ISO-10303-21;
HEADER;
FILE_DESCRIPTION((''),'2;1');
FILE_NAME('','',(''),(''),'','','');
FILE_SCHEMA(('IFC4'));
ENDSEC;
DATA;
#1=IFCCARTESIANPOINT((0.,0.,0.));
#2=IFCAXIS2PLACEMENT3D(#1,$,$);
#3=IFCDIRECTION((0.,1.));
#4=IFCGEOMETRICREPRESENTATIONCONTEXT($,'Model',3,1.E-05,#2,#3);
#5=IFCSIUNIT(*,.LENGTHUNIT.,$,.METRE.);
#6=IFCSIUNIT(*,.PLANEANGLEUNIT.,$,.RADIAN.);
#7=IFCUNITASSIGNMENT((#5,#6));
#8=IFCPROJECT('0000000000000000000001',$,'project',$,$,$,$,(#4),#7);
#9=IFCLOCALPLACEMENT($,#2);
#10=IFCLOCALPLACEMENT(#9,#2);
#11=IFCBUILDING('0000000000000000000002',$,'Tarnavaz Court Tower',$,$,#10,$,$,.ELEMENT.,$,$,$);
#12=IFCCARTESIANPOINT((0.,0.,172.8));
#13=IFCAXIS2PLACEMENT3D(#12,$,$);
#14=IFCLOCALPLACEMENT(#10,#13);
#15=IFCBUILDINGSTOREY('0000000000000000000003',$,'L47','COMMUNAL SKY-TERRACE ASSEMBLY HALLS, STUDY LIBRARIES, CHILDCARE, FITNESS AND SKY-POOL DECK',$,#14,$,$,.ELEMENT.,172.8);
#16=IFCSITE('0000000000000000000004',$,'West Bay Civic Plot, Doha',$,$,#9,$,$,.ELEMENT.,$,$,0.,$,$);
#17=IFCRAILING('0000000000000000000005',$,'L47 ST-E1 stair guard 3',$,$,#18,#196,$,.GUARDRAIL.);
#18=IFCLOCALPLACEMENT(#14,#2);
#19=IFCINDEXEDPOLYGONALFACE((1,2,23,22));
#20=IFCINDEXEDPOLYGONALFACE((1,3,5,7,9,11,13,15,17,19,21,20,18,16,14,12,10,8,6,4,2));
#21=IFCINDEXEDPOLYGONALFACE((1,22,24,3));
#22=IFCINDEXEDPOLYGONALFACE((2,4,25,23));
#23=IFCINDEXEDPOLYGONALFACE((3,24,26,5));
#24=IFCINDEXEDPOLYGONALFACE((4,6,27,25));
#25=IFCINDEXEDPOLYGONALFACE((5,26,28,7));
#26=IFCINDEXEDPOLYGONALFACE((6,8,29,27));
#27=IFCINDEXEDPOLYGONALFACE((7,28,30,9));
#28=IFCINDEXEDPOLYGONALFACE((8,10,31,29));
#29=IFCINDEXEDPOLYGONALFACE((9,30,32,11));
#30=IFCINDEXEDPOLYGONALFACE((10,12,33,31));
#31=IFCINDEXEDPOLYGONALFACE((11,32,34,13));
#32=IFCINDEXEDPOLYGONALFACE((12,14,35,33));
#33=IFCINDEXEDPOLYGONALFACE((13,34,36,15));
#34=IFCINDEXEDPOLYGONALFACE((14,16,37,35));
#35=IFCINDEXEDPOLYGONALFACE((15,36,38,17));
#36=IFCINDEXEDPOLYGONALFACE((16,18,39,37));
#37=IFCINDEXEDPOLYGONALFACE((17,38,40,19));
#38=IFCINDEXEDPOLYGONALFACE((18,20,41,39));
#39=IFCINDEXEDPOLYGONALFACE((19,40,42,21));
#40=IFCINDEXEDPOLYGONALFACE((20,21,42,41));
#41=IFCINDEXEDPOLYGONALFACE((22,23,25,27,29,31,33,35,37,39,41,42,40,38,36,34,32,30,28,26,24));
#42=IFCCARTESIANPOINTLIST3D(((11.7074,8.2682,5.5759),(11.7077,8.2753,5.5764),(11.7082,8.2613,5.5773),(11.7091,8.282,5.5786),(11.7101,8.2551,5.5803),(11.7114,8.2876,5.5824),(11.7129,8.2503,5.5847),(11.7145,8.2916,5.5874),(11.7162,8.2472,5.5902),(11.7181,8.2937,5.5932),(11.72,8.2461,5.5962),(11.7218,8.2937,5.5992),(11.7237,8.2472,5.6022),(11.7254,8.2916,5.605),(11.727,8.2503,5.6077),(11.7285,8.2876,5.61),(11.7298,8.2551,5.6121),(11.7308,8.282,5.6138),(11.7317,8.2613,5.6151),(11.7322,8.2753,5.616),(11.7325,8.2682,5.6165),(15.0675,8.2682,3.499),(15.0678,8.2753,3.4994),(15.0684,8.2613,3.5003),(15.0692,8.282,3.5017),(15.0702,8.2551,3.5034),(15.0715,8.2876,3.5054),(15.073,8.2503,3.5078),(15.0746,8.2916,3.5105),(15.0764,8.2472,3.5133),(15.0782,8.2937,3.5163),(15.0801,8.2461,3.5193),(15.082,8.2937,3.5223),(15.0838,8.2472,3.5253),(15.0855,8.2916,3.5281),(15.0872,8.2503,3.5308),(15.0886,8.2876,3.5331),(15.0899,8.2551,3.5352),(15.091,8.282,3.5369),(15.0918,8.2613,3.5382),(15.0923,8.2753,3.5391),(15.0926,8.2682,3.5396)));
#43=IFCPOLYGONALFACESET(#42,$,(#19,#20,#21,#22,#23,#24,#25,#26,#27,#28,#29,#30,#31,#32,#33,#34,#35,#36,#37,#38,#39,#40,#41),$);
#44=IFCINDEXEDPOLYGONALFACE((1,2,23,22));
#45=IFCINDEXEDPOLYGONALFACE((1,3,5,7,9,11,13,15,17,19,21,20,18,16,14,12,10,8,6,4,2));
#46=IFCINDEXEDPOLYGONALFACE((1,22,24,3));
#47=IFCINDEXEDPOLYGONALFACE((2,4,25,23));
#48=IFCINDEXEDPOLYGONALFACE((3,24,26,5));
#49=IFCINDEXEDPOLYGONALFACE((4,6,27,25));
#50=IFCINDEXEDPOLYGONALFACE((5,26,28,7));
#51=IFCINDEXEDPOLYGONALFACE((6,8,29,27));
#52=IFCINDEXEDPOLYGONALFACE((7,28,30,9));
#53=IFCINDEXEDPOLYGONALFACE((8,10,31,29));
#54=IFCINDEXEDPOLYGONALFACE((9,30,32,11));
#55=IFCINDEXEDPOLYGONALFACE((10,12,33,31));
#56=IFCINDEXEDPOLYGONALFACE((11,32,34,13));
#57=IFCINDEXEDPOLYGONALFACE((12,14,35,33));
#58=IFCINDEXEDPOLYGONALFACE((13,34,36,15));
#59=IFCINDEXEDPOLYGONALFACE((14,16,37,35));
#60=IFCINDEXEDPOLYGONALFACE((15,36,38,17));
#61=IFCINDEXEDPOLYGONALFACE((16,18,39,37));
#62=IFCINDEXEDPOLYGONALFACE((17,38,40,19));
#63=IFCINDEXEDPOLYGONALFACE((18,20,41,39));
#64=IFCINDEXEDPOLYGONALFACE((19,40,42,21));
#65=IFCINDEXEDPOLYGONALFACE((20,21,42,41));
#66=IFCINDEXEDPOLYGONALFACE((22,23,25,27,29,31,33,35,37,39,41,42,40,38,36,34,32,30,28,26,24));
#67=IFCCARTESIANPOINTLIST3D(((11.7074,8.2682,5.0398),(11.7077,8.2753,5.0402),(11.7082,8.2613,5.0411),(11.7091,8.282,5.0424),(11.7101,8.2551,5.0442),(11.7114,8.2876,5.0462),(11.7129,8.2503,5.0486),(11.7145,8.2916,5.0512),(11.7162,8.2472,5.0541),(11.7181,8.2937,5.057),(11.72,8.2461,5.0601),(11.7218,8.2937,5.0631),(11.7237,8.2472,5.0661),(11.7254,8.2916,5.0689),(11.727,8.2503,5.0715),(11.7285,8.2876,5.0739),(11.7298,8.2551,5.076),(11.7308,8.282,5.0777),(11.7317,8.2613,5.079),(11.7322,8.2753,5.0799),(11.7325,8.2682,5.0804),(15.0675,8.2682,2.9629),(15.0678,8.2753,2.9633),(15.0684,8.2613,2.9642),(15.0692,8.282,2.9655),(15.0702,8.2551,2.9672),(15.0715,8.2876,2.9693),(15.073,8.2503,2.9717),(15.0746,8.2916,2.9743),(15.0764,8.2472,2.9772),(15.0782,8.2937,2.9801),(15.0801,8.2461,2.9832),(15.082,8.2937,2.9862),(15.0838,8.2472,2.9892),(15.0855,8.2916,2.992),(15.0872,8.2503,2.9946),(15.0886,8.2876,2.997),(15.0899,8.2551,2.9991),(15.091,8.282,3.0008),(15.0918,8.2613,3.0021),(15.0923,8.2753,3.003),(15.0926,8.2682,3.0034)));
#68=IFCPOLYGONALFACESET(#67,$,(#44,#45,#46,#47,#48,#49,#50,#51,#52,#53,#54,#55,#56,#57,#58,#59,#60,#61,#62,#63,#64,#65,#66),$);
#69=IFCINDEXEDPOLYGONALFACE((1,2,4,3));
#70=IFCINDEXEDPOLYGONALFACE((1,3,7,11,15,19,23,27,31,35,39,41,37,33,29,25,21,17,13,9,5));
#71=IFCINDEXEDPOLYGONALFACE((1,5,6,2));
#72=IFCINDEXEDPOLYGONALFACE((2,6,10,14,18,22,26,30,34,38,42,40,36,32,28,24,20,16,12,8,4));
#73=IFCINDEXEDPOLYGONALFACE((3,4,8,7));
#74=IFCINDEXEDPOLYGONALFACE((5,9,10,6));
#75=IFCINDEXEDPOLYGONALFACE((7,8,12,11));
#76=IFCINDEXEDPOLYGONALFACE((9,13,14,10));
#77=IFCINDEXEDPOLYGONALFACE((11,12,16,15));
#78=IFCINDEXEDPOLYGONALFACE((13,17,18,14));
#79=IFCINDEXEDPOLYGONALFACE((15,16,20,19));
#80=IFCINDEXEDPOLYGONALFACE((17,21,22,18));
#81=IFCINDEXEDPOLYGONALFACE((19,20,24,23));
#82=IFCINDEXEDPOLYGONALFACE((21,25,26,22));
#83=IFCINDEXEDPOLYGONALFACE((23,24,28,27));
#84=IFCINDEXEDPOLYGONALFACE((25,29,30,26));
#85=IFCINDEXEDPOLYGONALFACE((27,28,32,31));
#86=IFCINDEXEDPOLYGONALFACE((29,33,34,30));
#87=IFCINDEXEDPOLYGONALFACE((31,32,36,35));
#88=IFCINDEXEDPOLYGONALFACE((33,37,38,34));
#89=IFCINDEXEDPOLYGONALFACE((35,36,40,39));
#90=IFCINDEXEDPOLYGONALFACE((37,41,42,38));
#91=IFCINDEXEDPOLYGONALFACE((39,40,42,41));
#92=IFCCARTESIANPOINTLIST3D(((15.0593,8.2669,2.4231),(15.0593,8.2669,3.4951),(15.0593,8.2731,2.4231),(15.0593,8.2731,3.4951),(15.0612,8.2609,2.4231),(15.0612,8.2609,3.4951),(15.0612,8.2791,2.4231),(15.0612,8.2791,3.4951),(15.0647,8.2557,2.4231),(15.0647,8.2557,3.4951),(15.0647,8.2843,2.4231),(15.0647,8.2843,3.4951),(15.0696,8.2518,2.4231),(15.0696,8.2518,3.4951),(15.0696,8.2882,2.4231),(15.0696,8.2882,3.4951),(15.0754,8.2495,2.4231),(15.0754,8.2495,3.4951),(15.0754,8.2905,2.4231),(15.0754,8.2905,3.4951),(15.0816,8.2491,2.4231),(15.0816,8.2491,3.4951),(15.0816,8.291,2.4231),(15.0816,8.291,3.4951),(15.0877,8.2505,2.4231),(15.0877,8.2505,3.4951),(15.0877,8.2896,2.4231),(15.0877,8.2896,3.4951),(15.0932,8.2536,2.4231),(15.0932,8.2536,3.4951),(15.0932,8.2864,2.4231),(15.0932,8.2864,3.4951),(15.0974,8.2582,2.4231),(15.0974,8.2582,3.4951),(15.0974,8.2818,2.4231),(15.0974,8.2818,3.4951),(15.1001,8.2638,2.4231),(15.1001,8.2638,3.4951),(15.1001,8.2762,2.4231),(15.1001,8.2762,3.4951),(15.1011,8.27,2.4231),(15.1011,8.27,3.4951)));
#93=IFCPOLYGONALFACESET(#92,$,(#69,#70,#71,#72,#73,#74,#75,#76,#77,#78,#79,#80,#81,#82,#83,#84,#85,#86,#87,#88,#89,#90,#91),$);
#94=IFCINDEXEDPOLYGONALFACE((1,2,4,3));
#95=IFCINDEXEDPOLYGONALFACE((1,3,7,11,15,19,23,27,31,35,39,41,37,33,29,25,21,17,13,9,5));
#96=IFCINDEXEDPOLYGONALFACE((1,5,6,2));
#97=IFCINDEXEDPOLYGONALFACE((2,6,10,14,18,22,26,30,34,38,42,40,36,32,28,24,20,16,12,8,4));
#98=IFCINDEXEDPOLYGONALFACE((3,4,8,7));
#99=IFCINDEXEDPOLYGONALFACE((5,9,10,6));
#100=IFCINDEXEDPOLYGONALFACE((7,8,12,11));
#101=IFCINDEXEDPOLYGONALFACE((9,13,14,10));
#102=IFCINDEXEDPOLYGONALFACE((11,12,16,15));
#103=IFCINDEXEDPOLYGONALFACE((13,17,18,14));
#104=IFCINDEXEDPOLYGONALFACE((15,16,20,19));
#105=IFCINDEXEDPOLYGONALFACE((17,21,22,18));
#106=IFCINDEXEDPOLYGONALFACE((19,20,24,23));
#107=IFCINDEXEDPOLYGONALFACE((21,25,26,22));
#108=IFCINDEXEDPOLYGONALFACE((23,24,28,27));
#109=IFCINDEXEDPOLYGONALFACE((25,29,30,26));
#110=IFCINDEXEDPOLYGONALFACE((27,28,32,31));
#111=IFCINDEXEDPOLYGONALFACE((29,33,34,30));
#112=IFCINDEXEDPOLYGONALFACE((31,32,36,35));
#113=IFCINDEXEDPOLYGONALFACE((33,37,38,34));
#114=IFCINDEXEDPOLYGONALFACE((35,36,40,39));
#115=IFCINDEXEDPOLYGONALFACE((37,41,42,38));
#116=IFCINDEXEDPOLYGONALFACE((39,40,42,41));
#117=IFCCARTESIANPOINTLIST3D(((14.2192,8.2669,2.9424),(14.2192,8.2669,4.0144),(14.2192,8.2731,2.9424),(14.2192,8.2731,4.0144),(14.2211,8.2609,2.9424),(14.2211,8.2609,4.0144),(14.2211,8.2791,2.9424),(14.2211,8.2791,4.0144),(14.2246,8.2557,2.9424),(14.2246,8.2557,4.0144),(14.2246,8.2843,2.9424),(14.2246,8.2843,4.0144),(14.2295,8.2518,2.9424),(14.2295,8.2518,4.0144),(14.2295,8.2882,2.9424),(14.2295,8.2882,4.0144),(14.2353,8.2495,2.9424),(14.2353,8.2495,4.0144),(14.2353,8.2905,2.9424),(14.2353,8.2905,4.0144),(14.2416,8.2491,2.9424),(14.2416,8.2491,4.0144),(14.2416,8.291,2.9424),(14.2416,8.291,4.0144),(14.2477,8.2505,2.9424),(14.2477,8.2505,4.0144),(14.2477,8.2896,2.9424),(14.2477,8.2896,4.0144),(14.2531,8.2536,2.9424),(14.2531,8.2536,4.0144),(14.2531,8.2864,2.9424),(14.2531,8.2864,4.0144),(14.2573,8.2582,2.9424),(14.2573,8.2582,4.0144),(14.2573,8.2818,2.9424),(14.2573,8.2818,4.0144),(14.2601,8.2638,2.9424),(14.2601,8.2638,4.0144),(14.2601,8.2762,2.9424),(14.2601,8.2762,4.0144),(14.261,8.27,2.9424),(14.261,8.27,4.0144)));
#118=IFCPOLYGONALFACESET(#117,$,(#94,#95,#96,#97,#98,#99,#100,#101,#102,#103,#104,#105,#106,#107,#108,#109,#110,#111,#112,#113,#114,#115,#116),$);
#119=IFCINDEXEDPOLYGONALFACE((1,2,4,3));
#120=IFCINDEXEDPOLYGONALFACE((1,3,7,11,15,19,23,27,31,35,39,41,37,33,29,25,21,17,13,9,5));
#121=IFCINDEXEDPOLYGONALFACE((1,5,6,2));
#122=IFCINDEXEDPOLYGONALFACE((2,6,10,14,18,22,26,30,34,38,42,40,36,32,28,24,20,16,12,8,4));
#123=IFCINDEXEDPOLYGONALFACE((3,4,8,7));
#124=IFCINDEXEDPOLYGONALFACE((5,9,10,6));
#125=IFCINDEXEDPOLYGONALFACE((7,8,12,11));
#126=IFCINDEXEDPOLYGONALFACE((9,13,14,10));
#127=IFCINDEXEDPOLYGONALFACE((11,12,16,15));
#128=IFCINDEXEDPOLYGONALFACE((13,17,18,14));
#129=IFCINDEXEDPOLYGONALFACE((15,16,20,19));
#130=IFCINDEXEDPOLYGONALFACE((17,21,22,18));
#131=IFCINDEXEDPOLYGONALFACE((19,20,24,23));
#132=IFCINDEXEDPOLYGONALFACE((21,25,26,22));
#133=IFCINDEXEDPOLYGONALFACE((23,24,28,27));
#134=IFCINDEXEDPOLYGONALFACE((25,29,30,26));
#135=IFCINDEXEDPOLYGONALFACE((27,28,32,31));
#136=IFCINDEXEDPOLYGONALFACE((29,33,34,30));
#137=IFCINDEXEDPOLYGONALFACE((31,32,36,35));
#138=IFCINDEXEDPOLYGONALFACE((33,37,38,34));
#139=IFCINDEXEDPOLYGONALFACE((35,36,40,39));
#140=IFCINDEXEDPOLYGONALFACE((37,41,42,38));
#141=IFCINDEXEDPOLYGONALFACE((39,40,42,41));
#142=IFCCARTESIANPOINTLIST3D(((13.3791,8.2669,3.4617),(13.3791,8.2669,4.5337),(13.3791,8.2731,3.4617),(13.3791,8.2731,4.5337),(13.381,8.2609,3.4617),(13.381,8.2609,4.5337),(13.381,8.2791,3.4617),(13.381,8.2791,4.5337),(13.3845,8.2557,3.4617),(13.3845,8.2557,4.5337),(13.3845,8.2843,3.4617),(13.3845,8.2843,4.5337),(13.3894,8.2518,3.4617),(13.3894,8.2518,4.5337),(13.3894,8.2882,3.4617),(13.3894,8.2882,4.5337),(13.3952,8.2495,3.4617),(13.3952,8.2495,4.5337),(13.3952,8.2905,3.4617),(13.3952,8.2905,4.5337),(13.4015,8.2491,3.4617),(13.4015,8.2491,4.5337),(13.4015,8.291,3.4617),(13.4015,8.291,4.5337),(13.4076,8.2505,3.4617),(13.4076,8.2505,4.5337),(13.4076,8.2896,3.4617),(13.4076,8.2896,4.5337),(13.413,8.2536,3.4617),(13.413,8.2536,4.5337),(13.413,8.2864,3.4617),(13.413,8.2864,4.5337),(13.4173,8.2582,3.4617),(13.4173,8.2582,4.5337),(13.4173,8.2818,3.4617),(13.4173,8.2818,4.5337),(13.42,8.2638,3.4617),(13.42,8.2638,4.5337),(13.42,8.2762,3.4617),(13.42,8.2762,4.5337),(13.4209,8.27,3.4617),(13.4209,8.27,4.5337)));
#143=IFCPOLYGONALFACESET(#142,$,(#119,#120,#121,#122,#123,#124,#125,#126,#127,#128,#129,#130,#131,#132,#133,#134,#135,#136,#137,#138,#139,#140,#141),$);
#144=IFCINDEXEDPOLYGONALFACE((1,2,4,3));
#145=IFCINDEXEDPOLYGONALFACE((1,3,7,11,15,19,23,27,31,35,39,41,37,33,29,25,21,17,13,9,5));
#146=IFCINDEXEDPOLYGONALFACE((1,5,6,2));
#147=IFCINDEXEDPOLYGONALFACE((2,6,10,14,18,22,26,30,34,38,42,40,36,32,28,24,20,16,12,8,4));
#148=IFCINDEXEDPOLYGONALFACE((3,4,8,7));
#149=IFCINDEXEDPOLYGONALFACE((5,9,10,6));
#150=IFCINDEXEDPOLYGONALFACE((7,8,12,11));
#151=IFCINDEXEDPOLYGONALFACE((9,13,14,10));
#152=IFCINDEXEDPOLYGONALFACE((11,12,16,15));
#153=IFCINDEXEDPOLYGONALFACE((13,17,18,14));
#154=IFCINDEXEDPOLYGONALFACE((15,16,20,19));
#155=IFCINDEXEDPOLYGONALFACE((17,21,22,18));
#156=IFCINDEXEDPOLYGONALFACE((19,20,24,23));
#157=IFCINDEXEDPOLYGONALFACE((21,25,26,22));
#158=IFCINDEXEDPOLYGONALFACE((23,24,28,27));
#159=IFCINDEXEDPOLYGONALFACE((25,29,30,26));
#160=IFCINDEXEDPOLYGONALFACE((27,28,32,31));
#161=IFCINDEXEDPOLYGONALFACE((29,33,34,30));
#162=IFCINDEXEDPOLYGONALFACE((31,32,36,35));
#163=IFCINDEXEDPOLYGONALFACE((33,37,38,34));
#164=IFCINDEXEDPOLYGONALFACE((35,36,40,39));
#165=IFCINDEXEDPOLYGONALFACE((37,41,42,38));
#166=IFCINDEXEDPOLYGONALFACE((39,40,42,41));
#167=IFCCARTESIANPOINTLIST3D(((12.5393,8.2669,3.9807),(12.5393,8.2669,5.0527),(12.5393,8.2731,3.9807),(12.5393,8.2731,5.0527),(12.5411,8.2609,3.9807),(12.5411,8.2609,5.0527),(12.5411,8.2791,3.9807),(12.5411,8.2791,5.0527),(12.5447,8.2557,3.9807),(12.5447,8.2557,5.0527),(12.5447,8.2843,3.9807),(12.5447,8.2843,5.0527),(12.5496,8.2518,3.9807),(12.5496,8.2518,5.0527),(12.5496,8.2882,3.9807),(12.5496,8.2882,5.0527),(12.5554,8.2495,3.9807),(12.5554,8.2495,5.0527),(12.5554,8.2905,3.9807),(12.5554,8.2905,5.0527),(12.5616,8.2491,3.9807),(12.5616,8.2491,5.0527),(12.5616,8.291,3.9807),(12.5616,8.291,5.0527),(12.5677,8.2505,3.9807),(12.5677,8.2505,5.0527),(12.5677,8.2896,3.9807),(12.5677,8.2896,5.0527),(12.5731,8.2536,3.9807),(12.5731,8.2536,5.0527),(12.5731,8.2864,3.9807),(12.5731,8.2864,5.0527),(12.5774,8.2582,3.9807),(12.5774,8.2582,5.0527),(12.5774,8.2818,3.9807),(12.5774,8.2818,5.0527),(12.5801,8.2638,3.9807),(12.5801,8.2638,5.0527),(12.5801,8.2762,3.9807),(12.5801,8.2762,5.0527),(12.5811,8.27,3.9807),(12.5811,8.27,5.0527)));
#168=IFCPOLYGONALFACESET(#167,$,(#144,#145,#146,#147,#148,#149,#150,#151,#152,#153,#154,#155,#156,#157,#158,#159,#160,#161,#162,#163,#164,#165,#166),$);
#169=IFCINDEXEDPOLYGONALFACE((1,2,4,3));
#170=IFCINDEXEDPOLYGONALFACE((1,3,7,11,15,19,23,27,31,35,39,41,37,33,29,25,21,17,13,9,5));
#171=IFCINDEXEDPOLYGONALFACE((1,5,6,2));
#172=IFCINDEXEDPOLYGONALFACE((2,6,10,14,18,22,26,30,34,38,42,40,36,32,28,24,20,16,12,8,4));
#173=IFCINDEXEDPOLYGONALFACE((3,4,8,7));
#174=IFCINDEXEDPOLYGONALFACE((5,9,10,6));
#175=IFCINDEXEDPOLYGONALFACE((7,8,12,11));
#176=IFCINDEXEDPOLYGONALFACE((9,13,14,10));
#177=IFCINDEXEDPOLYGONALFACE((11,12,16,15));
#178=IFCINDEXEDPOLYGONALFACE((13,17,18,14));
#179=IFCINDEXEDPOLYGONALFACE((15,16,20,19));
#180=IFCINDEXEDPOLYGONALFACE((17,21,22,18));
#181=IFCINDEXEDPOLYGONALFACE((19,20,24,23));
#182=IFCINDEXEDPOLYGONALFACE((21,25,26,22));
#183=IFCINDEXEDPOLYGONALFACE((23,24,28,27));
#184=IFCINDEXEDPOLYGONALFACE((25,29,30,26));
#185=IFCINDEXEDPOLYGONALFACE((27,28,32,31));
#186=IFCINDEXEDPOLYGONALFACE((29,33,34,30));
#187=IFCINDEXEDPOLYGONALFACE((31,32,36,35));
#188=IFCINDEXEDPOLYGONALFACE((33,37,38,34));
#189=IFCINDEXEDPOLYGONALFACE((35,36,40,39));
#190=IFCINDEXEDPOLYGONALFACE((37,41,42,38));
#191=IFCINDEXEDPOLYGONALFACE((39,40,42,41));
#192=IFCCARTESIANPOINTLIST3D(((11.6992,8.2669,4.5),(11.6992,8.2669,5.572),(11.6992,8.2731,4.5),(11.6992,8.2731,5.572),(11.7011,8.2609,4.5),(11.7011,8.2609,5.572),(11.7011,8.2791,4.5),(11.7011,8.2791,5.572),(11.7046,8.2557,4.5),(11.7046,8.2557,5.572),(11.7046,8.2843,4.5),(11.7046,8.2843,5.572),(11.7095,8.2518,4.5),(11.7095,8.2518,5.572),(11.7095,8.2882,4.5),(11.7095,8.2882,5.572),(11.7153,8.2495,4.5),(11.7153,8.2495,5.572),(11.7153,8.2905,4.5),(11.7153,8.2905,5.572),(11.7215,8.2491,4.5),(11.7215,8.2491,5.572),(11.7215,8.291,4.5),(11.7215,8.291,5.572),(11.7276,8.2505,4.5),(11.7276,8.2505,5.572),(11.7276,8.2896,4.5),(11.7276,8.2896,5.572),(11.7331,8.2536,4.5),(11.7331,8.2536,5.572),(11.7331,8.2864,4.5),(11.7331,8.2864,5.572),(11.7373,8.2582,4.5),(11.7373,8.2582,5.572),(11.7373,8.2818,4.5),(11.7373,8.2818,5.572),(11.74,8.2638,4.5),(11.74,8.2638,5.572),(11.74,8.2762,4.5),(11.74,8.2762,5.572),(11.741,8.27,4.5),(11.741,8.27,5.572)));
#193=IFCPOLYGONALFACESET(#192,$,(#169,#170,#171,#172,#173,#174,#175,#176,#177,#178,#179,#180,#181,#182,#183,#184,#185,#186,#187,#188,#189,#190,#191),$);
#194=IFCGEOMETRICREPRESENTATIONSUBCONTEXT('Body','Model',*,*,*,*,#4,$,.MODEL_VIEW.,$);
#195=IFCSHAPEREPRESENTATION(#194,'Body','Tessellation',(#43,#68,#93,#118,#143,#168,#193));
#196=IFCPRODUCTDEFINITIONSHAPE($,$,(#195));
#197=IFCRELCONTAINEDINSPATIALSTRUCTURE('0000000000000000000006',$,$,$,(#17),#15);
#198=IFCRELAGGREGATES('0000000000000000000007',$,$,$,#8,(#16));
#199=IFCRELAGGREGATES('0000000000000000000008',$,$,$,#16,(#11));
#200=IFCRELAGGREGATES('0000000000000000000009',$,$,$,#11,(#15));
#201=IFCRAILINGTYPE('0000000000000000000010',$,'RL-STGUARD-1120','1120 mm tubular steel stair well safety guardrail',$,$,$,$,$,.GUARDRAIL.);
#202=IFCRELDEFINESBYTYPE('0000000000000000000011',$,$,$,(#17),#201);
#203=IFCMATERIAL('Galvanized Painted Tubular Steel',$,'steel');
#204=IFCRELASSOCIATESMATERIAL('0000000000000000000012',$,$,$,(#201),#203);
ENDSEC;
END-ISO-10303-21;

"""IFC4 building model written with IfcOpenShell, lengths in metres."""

from ifc_helpers import new_model, si_unit, direction, frame, origin, origin_2d, place, context, subcontext, project, spatial, circle, extrude, material, type_object, element, save


model = new_model("IFC4")

# Units and contexts
model_context = context("Model", 3, precision=1e-05, world=origin(), true_north=direction((0.0, 1.0)))
body_context = subcontext(model_context, "Body", "Model", "MODEL_VIEW")
ifc_project = project(units=[si_unit("LENGTHUNIT", "METRE"), si_unit("PLANEANGLEUNIT", "RADIAN")], contexts=[model_context])

# Site, building, storey
site_placement = place(None, origin())
site = spatial("IfcSite", under=ifc_project, at=site_placement, Name="West Bay Civic Plot, Doha", CompositionType="ELEMENT", RefElevation=0.0)
building_placement = place(site_placement, origin())
building = spatial("IfcBuilding", under=site, at=building_placement, Name="Tarnavaz Court Tower", CompositionType="ELEMENT")
storey_placement = place(building_placement, frame((0.0, 0.0, 172.8)))
storey = spatial("IfcBuildingStorey", under=building, at=storey_placement, Name="L47", Description="COMMUNAL SKY-TERRACE ASSEMBLY HALLS, STUDY LIBRARIES, CHILDCARE, FITNESS AND SKY-POOL DECK", CompositionType="ELEMENT", Elevation=172.8)

# Railing
ifc_material_1 = material(Name="Galvanized Painted Tubular Steel", Category="steel")
railing_type_1 = type_object("IfcRailingType", Name="RL-STGUARD-1120", Description="1120 mm tubular steel stair well safety guardrail", PredefinedType="GUARDRAIL", material=ifc_material_1)
railing_1_placement = place(storey_placement, frame((15.0801, 8.27, 2.4231)))
element("IfcRailing", 1, at=railing_1_placement, inside=storey, type_object=railing_type_1, Name="L47 ST-E1 stair guard 3", PredefinedType="GUARDRAIL", context=body_context, shape_type="SweptSolid", body=[
    extrude(circle(Radius=0.0239, at=origin_2d()), frame((0.0, 0.0, 1.0962), z_axis=(-0.850623, 0.0, 0.525776), x_axis=(0.0, -1.0, 0.0)), (0.0, 0.0, 1.0), 3.9502),
    extrude(circle(Radius=0.0239, at=origin_2d()), frame((0.0, 0.0, 0.5601), z_axis=(-0.850623, 0.0, 0.525776), x_axis=(0.0, -1.0, 0.0)), (0.0, 0.0, 1.0), 3.9502),
    extrude(circle(Radius=0.021, at=origin_2d()), origin(), (0.0, 0.0, 1.0), 1.072),
    extrude(circle(Radius=0.021, at=origin_2d()), frame((-0.8401, 0.0, 0.5193)), (0.0, 0.0, 1.0), 1.072),
    extrude(circle(Radius=0.021, at=origin_2d()), frame((-1.6802, 0.0, 1.0386)), (0.0, 0.0, 1.0), 1.072),
    extrude(circle(Radius=0.021, at=origin_2d()), frame((-2.52, 0.0, 1.5576)), (0.0, 0.0, 1.0), 1.072),
    extrude(circle(Radius=0.021, at=origin_2d()), frame((-3.3601, 0.0, 2.0769)), (0.0, 0.0, 1.0), 1.072),
])

save(model, "model.ifc")
